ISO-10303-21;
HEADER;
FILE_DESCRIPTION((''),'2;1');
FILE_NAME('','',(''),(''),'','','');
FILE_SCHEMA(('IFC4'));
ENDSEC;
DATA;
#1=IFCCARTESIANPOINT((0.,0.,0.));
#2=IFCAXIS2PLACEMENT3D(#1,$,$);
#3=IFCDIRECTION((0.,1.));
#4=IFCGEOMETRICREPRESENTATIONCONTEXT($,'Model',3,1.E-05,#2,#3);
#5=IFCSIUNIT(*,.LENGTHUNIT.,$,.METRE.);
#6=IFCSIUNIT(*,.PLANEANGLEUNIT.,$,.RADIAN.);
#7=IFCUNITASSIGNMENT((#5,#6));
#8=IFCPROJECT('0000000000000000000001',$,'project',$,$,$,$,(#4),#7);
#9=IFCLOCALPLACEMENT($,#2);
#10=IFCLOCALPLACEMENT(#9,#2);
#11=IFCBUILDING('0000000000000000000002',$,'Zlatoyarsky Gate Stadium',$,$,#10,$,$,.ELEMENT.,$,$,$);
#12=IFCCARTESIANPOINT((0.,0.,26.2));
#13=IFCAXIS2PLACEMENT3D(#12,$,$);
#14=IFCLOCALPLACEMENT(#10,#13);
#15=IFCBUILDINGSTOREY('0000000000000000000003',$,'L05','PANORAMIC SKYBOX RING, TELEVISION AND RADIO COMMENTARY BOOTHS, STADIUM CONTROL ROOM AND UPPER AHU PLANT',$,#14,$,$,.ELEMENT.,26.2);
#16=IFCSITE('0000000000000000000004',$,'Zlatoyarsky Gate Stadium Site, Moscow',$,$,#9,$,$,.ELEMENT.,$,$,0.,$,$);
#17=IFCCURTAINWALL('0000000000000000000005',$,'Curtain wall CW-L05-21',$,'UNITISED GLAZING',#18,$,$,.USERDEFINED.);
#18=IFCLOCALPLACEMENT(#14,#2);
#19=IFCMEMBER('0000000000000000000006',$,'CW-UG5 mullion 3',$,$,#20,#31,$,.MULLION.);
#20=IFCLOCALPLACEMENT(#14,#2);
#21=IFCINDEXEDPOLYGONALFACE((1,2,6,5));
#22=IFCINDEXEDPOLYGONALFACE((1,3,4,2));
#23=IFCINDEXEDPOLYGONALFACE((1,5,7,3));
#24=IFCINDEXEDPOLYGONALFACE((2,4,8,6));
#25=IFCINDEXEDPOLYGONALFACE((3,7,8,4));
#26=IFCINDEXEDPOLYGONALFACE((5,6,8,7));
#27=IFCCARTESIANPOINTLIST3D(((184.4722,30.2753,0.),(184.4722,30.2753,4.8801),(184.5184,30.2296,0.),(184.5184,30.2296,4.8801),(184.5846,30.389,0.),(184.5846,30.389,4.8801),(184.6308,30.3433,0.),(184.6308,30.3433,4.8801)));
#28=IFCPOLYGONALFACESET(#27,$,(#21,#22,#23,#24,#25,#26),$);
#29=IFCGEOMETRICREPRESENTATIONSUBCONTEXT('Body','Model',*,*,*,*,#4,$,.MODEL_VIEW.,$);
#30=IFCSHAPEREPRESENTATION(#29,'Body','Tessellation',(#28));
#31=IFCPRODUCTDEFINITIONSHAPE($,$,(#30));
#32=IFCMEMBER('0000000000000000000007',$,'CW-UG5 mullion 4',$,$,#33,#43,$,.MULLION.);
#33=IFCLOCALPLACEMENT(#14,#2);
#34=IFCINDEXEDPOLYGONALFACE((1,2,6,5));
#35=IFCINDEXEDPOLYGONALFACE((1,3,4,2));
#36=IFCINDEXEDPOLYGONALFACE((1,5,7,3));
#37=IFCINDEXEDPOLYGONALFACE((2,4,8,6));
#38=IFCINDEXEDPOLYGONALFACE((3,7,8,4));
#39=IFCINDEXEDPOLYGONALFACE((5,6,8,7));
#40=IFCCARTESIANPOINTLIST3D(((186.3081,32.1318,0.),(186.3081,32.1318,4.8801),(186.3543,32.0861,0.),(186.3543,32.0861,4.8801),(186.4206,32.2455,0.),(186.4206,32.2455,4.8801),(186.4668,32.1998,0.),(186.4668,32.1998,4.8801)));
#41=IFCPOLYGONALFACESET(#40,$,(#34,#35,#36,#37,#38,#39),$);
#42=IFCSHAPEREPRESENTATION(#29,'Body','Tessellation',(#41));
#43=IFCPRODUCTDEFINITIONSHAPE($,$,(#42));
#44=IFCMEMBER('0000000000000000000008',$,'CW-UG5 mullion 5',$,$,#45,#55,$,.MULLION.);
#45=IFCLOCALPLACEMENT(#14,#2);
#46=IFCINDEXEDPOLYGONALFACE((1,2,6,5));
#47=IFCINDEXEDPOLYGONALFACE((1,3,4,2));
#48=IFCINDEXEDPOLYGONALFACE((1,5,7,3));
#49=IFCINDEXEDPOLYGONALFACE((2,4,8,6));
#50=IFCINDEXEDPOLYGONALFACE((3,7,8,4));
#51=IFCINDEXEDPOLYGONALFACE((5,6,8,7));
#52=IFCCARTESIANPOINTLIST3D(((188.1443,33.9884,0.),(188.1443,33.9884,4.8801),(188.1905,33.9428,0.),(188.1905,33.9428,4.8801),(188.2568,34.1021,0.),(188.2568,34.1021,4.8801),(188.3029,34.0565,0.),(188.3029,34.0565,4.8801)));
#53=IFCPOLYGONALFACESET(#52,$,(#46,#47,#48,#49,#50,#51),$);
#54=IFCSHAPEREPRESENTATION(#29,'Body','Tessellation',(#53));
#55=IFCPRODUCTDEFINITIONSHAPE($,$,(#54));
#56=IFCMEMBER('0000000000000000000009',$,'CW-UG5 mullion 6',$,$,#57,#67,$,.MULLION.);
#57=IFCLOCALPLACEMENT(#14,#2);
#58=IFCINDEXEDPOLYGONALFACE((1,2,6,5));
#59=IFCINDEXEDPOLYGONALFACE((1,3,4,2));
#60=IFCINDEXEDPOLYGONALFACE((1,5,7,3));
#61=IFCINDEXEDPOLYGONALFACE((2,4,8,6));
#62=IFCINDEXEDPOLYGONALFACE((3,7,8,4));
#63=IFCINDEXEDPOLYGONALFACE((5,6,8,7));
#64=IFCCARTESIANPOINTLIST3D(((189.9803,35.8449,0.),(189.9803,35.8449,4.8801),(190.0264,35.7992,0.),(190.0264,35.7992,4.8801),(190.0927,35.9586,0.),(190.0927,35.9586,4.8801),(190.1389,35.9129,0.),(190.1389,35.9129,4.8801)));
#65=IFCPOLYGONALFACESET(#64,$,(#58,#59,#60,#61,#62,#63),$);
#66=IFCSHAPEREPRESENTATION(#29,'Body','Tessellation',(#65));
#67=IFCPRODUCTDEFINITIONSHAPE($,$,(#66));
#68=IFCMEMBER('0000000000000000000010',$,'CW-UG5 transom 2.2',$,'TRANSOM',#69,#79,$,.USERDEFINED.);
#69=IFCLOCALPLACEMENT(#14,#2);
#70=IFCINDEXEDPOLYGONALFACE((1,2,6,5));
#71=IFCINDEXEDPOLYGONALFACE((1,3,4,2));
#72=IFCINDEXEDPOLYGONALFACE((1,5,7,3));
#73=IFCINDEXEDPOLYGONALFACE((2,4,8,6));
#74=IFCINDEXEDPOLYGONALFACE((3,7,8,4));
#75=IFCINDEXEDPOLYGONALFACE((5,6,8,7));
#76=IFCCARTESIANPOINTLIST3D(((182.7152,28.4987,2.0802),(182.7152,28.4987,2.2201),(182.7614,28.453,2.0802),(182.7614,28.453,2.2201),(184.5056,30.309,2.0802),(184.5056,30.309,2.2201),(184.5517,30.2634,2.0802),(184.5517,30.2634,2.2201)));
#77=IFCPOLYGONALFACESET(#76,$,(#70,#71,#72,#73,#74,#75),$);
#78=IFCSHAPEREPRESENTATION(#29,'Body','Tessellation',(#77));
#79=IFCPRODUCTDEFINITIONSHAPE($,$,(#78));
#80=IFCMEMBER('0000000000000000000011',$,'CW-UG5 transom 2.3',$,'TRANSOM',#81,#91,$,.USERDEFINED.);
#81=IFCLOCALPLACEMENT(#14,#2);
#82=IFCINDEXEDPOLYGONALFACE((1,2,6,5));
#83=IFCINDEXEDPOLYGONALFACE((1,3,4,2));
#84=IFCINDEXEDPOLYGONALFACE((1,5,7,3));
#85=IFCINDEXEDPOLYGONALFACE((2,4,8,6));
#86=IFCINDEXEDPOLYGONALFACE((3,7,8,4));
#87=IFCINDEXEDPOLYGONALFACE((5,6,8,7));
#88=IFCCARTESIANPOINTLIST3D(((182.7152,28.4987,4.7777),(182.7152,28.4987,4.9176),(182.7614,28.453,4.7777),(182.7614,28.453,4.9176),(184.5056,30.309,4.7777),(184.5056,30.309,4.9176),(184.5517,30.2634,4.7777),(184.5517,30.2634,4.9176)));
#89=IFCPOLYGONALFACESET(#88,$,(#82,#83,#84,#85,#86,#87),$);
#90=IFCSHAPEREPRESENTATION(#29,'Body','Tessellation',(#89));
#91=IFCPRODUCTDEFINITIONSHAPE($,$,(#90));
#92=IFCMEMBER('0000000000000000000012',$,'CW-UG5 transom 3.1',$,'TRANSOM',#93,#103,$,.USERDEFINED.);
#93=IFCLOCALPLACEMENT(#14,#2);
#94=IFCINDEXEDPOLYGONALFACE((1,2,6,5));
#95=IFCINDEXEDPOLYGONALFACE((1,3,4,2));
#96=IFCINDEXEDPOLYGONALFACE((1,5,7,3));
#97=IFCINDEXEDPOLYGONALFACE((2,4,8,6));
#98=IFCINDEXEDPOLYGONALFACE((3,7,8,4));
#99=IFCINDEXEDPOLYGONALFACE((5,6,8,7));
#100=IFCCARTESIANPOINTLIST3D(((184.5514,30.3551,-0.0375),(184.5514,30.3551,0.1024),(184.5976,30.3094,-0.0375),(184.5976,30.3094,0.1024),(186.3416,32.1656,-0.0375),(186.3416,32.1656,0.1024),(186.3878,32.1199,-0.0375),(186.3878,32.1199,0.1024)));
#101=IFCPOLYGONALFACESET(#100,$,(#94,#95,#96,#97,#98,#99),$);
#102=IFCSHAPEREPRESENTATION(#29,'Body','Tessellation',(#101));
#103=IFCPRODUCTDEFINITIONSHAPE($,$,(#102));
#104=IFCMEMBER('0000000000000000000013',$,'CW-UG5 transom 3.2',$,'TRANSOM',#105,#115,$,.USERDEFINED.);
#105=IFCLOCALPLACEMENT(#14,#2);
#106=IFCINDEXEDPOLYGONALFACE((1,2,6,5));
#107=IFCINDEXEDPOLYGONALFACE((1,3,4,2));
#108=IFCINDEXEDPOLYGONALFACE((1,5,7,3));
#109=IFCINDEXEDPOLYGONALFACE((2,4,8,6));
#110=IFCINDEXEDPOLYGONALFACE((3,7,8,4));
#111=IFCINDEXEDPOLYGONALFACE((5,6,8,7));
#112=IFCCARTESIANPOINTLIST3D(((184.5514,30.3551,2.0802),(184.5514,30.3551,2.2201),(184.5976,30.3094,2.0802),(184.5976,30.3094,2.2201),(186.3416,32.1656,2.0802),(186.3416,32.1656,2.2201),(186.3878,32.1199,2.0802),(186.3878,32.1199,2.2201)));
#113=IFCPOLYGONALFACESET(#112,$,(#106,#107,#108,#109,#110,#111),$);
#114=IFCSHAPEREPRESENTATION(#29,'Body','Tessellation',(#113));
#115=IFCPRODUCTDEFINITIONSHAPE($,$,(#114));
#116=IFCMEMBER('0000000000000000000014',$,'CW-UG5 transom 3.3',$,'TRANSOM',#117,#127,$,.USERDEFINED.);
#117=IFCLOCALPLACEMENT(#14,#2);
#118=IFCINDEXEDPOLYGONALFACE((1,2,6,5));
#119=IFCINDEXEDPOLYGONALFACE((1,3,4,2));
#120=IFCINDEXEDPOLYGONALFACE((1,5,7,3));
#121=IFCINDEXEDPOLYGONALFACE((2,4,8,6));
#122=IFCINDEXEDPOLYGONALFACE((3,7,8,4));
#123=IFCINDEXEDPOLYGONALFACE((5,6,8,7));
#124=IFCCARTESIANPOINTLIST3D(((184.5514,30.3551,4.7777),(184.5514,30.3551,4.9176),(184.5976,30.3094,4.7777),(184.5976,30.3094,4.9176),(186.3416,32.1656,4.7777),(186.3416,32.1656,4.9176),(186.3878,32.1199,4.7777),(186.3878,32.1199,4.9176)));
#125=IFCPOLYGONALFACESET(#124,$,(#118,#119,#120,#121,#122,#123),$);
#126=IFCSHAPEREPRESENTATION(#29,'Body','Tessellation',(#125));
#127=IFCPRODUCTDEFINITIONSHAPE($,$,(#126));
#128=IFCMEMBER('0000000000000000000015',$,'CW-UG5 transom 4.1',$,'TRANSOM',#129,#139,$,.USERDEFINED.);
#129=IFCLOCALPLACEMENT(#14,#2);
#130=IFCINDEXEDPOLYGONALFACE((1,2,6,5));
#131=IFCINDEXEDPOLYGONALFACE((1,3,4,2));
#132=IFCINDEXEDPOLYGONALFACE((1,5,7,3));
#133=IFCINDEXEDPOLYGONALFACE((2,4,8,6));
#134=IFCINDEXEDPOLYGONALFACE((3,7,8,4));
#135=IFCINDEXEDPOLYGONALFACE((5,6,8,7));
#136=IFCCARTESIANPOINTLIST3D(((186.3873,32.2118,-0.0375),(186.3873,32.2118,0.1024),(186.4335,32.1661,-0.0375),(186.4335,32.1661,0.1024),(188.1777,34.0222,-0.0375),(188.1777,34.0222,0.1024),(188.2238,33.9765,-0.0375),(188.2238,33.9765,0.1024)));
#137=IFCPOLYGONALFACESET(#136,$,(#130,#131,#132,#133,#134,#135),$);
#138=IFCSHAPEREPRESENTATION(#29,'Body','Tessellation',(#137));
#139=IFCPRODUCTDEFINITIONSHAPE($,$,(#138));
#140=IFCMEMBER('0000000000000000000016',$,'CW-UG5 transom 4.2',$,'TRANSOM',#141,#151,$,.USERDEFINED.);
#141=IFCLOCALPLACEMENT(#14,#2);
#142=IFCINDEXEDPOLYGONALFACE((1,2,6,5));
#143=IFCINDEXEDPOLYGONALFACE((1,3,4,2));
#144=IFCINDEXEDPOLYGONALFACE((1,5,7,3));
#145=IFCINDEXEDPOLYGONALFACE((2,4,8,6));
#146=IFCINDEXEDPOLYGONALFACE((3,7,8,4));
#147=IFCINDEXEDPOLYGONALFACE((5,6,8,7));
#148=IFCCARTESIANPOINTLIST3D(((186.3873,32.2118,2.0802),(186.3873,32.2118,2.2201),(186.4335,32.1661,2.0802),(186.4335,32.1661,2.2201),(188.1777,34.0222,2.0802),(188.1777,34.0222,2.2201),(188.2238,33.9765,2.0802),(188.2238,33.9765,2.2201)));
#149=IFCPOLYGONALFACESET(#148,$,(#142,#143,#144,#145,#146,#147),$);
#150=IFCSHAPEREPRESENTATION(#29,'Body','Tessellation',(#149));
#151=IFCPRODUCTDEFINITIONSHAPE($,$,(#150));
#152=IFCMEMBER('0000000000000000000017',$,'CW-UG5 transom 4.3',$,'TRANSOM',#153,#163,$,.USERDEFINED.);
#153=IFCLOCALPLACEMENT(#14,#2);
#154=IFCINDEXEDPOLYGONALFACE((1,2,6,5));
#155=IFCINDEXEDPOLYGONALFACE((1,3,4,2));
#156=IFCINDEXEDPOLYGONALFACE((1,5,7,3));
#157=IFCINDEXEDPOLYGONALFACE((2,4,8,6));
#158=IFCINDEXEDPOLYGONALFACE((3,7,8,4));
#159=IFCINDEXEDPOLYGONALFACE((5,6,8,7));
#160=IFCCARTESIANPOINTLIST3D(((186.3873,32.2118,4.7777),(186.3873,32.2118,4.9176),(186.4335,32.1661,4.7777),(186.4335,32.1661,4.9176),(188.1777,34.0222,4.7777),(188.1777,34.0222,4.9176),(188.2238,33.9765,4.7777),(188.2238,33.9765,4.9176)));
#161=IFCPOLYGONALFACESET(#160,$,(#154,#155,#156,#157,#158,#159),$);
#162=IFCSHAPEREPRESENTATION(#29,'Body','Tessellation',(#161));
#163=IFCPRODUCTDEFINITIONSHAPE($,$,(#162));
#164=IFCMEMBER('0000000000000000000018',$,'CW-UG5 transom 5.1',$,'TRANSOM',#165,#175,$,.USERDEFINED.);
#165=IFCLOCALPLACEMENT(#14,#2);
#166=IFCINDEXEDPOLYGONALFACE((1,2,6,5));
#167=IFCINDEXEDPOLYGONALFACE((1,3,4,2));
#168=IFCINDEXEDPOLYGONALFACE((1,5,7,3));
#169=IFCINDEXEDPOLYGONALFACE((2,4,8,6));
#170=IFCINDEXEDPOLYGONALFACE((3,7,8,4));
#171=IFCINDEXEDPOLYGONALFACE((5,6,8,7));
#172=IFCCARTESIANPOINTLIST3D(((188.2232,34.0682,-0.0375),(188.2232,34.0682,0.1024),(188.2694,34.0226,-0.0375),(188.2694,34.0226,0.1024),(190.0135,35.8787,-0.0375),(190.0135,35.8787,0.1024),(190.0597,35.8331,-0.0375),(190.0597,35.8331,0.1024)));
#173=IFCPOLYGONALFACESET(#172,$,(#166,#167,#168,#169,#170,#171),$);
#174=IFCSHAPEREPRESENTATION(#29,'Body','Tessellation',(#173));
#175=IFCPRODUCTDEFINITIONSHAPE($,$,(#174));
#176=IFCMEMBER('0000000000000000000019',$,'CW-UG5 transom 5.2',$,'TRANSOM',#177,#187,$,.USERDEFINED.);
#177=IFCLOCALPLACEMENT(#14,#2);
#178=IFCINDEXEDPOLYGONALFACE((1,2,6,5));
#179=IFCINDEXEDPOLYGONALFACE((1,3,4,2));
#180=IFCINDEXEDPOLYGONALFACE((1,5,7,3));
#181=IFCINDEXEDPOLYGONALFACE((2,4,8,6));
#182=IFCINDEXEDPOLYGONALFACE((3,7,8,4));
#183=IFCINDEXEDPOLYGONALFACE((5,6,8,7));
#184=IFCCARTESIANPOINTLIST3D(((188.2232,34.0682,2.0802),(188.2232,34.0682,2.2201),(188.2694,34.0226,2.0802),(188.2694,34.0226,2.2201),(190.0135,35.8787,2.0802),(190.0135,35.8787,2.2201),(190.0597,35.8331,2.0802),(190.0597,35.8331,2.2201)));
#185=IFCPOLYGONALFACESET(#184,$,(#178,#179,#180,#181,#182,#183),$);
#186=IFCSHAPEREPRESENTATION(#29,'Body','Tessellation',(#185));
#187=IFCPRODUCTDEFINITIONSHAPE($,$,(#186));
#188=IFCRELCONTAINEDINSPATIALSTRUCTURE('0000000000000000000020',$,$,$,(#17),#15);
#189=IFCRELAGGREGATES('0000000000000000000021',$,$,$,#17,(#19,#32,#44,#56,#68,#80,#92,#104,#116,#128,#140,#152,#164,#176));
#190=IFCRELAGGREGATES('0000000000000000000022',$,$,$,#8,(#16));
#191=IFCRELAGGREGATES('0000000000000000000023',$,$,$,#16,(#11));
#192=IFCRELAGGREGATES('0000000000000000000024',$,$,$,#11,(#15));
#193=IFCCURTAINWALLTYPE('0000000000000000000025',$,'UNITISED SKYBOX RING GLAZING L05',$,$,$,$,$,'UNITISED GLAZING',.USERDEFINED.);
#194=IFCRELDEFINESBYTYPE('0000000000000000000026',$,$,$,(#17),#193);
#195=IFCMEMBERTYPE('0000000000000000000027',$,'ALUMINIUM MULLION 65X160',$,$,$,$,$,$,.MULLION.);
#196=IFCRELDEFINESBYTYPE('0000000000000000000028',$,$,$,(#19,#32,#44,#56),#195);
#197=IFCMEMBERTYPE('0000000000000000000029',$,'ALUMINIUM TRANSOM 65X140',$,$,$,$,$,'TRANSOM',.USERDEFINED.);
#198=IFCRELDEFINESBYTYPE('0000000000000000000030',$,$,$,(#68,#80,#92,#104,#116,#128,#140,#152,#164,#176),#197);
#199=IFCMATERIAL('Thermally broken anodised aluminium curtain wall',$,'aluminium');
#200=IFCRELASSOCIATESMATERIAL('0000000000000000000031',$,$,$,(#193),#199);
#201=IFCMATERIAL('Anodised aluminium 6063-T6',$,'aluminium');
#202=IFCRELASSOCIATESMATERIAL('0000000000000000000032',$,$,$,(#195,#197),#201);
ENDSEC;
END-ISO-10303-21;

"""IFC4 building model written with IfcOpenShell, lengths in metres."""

from ifc_helpers import new_model, si_unit, direction, frame, origin, origin_2d, place, context, subcontext, project, spatial, rectangle, extrude, material, material_profile, profile_set, type_object, element, aggregate, save


model = new_model("IFC4")

# Units and contexts
model_context = context("Model", 3, precision=1e-05, world=origin(), true_north=direction((0.0, 1.0)))
body_context = subcontext(model_context, "Body", "Model", "MODEL_VIEW")
ifc_project = project(units=[si_unit("LENGTHUNIT", "METRE"), si_unit("PLANEANGLEUNIT", "RADIAN")], contexts=[model_context])

# Site, building, storey
site_placement = place(None, origin())
site = spatial("IfcSite", under=ifc_project, at=site_placement, Name="Zlatoyarsky Gate Stadium Site, Moscow", CompositionType="ELEMENT", RefElevation=0.0)
building_placement = place(site_placement, origin())
building = spatial("IfcBuilding", under=site, at=building_placement, Name="Zlatoyarsky Gate Stadium", CompositionType="ELEMENT")
storey_placement = place(building_placement, frame((0.0, 0.0, 26.2)))
storey = spatial("IfcBuildingStorey", under=building, at=storey_placement, Name="L05", Description="PANORAMIC SKYBOX RING, TELEVISION AND RADIO COMMENTARY BOOTHS, STADIUM CONTROL ROOM AND UPPER AHU PLANT", CompositionType="ELEMENT", Elevation=26.2)

# Curtain wall, members
ifc_material_1 = material(Name="Thermally broken anodised aluminium curtain wall", Category="aluminium")
curtain_wall_type = type_object("IfcCurtainWallType", Name="UNITISED SKYBOX RING GLAZING L05", ElementType="UNITISED GLAZING", PredefinedType="USERDEFINED", material=ifc_material_1)
curtain_wall_placement = place(storey_placement, origin())
curtain_wall = element("IfcCurtainWall", 1, at=curtain_wall_placement, inside=storey, type_object=curtain_wall_type, Name="Curtain wall CW-L05-21", ObjectType="UNITISED GLAZING", PredefinedType="USERDEFINED")
ifc_material_2 = material(Name="Anodised aluminium 6063-T6", Category="aluminium")
ifc_material_profile_1 = material_profile(ifc_material_2, rectangle(XDim=0.0649, YDim=0.1599, at=origin_2d()), Name="ALU 65X160")
ifc_profile_set_1 = profile_set([ifc_material_profile_1], Name="Anodised aluminium 6063-T6")
member_type_1 = type_object("IfcMemberType", Name="ALUMINIUM MULLION 65X160", PredefinedType="MULLION", material=ifc_profile_set_1)
member_1_placement = place(storey_placement, frame((184.5515, 30.3093, 0.0), z_axis=(0.0, 0.0, 1.0), x_axis=(-0.711033, 0.703158, 0.0)))
member_1 = element("IfcMember", 2, at=member_1_placement, type_object=member_type_1, Name="CW-UG5 mullion 3", PredefinedType="MULLION", context=body_context, shape_type="SweptSolid", body=[
    extrude(rectangle(XDim=0.0649, YDim=0.1599, at=origin_2d()), origin(), (0.0, 0.0, 1.0), 4.8801),
])
member_2_placement = place(storey_placement, frame((186.3875, 32.1658, 0.0), z_axis=(0.0, 0.0, 1.0), x_axis=(-0.711033, 0.703158, 0.0)))
member_2 = element("IfcMember", 3, at=member_2_placement, type_object=member_type_1, Name="CW-UG5 mullion 4", PredefinedType="MULLION", context=body_context, shape_type="SweptSolid", body=[
    extrude(rectangle(XDim=0.0649, YDim=0.1599, at=origin_2d()), origin(), (0.0, 0.0, 1.0), 4.8801),
])
member_3_placement = place(storey_placement, frame((188.2236, 34.0225, 0.0), z_axis=(0.0, 0.0, 1.0), x_axis=(-0.711033, 0.703158, 0.0)))
member_3 = element("IfcMember", 4, at=member_3_placement, type_object=member_type_1, Name="CW-UG5 mullion 5", PredefinedType="MULLION", context=body_context, shape_type="SweptSolid", body=[
    extrude(rectangle(XDim=0.0649, YDim=0.1599, at=origin_2d()), origin(), (0.0, 0.0, 1.0), 4.8801),
])
member_4_placement = place(storey_placement, frame((190.0596, 35.8789, 0.0), z_axis=(0.0, 0.0, 1.0), x_axis=(-0.711033, 0.703158, 0.0)))
member_4 = element("IfcMember", 5, at=member_4_placement, type_object=member_type_1, Name="CW-UG5 mullion 6", PredefinedType="MULLION", context=body_context, shape_type="SweptSolid", body=[
    extrude(rectangle(XDim=0.0649, YDim=0.1599, at=origin_2d()), origin(), (0.0, 0.0, 1.0), 4.8801),
])
ifc_material_profile_2 = material_profile(ifc_material_2, rectangle(XDim=0.0649, YDim=0.1399, at=origin_2d()), Name="ALU 65X140")
ifc_profile_set_2 = profile_set([ifc_material_profile_2], Name="Anodised aluminium 6063-T6")
member_type_2 = type_object("IfcMemberType", Name="ALUMINIUM TRANSOM 65X140", ElementType="TRANSOM", PredefinedType="USERDEFINED", material=ifc_profile_set_2)
member_5_placement = place(storey_placement, frame((182.7383, 28.4758, 2.1501), z_axis=(0.703164, 0.711027, 0.0), x_axis=(-0.711027, 0.703164, 0.0)))
member_5 = element("IfcMember", 6, at=member_5_placement, type_object=member_type_2, Name="CW-UG5 transom 2.2", ObjectType="TRANSOM", PredefinedType="USERDEFINED", context=body_context, shape_type="SweptSolid", body=[
    extrude(rectangle(XDim=0.0649, YDim=0.1399, at=origin_2d()), origin(), (0.0, 0.0, 1.0), 2.5461),
])
member_6_placement = place(storey_placement, frame((182.7383, 28.4758, 4.8477), z_axis=(0.703164, 0.711027, 0.0), x_axis=(-0.711027, 0.703164, 0.0)))
member_6 = element("IfcMember", 7, at=member_6_placement, type_object=member_type_2, Name="CW-UG5 transom 2.3", ObjectType="TRANSOM", PredefinedType="USERDEFINED", context=body_context, shape_type="SweptSolid", body=[
    extrude(rectangle(XDim=0.0649, YDim=0.1399, at=origin_2d()), origin(), (0.0, 0.0, 1.0), 2.5461),
])
member_7_placement = place(storey_placement, frame((184.5745, 30.3323, 0.0325), z_axis=(0.703116, 0.711075, 0.0), x_axis=(-0.711075, 0.703116, 0.0)))
member_7 = element("IfcMember", 8, at=member_7_placement, type_object=member_type_2, Name="CW-UG5 transom 3.1", ObjectType="TRANSOM", PredefinedType="USERDEFINED", context=body_context, shape_type="SweptSolid", body=[
    extrude(rectangle(XDim=0.0649, YDim=0.1399, at=origin_2d()), origin(), (0.0, 0.0, 1.0), 2.5461),
])
member_8_placement = place(storey_placement, frame((184.5745, 30.3323, 2.1501), z_axis=(0.703116, 0.711075, 0.0), x_axis=(-0.711075, 0.703116, 0.0)))
member_8 = element("IfcMember", 9, at=member_8_placement, type_object=member_type_2, Name="CW-UG5 transom 3.2", ObjectType="TRANSOM", PredefinedType="USERDEFINED", context=body_context, shape_type="SweptSolid", body=[
    extrude(rectangle(XDim=0.0649, YDim=0.1399, at=origin_2d()), origin(), (0.0, 0.0, 1.0), 2.5461),
])
member_9_placement = place(storey_placement, frame((184.5745, 30.3323, 4.8477), z_axis=(0.703116, 0.711075, 0.0), x_axis=(-0.711075, 0.703116, 0.0)))
member_9 = element("IfcMember", 10, at=member_9_placement, type_object=member_type_2, Name="CW-UG5 transom 3.3", ObjectType="TRANSOM", PredefinedType="USERDEFINED", context=body_context, shape_type="SweptSolid", body=[
    extrude(rectangle(XDim=0.0649, YDim=0.1399, at=origin_2d()), origin(), (0.0, 0.0, 1.0), 2.5461),
])
member_10_placement = place(storey_placement, frame((186.4104, 32.189, 0.0325), z_axis=(0.703164, 0.711027, 0.0), x_axis=(-0.711027, 0.703164, 0.0)))
member_10 = element("IfcMember", 11, at=member_10_placement, type_object=member_type_2, Name="CW-UG5 transom 4.1", ObjectType="TRANSOM", PredefinedType="USERDEFINED", context=body_context, shape_type="SweptSolid", body=[
    extrude(rectangle(XDim=0.0649, YDim=0.1399, at=origin_2d()), origin(), (0.0, 0.0, 1.0), 2.5461),
])
member_11_placement = place(storey_placement, frame((186.4104, 32.189, 2.1501), z_axis=(0.703164, 0.711027, 0.0), x_axis=(-0.711027, 0.703164, 0.0)))
member_11 = element("IfcMember", 12, at=member_11_placement, type_object=member_type_2, Name="CW-UG5 transom 4.2", ObjectType="TRANSOM", PredefinedType="USERDEFINED", context=body_context, shape_type="SweptSolid", body=[
    extrude(rectangle(XDim=0.0649, YDim=0.1399, at=origin_2d()), origin(), (0.0, 0.0, 1.0), 2.5461),
])
member_12_placement = place(storey_placement, frame((186.4104, 32.189, 4.8477), z_axis=(0.703164, 0.711027, 0.0), x_axis=(-0.711027, 0.703164, 0.0)))
member_12 = element("IfcMember", 13, at=member_12_placement, type_object=member_type_2, Name="CW-UG5 transom 4.3", ObjectType="TRANSOM", PredefinedType="USERDEFINED", context=body_context, shape_type="SweptSolid", body=[
    extrude(rectangle(XDim=0.0649, YDim=0.1399, at=origin_2d()), origin(), (0.0, 0.0, 1.0), 2.5461),
])
member_13_placement = place(storey_placement, frame((188.2463, 34.0454, 0.0325), z_axis=(0.703116, 0.711075, 0.0), x_axis=(-0.711075, 0.703116, 0.0)))
member_13 = element("IfcMember", 14, at=member_13_placement, type_object=member_type_2, Name="CW-UG5 transom 5.1", ObjectType="TRANSOM", PredefinedType="USERDEFINED", context=body_context, shape_type="SweptSolid", body=[
    extrude(rectangle(XDim=0.0649, YDim=0.1399, at=origin_2d()), origin(), (0.0, 0.0, 1.0), 2.5461),
])
member_14_placement = place(storey_placement, frame((188.2463, 34.0454, 2.1501), z_axis=(0.703116, 0.711075, 0.0), x_axis=(-0.711075, 0.703116, 0.0)))
member_14 = element("IfcMember", 15, at=member_14_placement, type_object=member_type_2, Name="CW-UG5 transom 5.2", ObjectType="TRANSOM", PredefinedType="USERDEFINED", context=body_context, shape_type="SweptSolid", body=[
    extrude(rectangle(XDim=0.0649, YDim=0.1399, at=origin_2d()), origin(), (0.0, 0.0, 1.0), 2.5461),
])

aggregate(curtain_wall, [member_1, member_2, member_3, member_4, member_5, member_6, member_7, member_8, member_9, member_10, member_11, member_12, member_13, member_14])

save(model, "model.ifc")
